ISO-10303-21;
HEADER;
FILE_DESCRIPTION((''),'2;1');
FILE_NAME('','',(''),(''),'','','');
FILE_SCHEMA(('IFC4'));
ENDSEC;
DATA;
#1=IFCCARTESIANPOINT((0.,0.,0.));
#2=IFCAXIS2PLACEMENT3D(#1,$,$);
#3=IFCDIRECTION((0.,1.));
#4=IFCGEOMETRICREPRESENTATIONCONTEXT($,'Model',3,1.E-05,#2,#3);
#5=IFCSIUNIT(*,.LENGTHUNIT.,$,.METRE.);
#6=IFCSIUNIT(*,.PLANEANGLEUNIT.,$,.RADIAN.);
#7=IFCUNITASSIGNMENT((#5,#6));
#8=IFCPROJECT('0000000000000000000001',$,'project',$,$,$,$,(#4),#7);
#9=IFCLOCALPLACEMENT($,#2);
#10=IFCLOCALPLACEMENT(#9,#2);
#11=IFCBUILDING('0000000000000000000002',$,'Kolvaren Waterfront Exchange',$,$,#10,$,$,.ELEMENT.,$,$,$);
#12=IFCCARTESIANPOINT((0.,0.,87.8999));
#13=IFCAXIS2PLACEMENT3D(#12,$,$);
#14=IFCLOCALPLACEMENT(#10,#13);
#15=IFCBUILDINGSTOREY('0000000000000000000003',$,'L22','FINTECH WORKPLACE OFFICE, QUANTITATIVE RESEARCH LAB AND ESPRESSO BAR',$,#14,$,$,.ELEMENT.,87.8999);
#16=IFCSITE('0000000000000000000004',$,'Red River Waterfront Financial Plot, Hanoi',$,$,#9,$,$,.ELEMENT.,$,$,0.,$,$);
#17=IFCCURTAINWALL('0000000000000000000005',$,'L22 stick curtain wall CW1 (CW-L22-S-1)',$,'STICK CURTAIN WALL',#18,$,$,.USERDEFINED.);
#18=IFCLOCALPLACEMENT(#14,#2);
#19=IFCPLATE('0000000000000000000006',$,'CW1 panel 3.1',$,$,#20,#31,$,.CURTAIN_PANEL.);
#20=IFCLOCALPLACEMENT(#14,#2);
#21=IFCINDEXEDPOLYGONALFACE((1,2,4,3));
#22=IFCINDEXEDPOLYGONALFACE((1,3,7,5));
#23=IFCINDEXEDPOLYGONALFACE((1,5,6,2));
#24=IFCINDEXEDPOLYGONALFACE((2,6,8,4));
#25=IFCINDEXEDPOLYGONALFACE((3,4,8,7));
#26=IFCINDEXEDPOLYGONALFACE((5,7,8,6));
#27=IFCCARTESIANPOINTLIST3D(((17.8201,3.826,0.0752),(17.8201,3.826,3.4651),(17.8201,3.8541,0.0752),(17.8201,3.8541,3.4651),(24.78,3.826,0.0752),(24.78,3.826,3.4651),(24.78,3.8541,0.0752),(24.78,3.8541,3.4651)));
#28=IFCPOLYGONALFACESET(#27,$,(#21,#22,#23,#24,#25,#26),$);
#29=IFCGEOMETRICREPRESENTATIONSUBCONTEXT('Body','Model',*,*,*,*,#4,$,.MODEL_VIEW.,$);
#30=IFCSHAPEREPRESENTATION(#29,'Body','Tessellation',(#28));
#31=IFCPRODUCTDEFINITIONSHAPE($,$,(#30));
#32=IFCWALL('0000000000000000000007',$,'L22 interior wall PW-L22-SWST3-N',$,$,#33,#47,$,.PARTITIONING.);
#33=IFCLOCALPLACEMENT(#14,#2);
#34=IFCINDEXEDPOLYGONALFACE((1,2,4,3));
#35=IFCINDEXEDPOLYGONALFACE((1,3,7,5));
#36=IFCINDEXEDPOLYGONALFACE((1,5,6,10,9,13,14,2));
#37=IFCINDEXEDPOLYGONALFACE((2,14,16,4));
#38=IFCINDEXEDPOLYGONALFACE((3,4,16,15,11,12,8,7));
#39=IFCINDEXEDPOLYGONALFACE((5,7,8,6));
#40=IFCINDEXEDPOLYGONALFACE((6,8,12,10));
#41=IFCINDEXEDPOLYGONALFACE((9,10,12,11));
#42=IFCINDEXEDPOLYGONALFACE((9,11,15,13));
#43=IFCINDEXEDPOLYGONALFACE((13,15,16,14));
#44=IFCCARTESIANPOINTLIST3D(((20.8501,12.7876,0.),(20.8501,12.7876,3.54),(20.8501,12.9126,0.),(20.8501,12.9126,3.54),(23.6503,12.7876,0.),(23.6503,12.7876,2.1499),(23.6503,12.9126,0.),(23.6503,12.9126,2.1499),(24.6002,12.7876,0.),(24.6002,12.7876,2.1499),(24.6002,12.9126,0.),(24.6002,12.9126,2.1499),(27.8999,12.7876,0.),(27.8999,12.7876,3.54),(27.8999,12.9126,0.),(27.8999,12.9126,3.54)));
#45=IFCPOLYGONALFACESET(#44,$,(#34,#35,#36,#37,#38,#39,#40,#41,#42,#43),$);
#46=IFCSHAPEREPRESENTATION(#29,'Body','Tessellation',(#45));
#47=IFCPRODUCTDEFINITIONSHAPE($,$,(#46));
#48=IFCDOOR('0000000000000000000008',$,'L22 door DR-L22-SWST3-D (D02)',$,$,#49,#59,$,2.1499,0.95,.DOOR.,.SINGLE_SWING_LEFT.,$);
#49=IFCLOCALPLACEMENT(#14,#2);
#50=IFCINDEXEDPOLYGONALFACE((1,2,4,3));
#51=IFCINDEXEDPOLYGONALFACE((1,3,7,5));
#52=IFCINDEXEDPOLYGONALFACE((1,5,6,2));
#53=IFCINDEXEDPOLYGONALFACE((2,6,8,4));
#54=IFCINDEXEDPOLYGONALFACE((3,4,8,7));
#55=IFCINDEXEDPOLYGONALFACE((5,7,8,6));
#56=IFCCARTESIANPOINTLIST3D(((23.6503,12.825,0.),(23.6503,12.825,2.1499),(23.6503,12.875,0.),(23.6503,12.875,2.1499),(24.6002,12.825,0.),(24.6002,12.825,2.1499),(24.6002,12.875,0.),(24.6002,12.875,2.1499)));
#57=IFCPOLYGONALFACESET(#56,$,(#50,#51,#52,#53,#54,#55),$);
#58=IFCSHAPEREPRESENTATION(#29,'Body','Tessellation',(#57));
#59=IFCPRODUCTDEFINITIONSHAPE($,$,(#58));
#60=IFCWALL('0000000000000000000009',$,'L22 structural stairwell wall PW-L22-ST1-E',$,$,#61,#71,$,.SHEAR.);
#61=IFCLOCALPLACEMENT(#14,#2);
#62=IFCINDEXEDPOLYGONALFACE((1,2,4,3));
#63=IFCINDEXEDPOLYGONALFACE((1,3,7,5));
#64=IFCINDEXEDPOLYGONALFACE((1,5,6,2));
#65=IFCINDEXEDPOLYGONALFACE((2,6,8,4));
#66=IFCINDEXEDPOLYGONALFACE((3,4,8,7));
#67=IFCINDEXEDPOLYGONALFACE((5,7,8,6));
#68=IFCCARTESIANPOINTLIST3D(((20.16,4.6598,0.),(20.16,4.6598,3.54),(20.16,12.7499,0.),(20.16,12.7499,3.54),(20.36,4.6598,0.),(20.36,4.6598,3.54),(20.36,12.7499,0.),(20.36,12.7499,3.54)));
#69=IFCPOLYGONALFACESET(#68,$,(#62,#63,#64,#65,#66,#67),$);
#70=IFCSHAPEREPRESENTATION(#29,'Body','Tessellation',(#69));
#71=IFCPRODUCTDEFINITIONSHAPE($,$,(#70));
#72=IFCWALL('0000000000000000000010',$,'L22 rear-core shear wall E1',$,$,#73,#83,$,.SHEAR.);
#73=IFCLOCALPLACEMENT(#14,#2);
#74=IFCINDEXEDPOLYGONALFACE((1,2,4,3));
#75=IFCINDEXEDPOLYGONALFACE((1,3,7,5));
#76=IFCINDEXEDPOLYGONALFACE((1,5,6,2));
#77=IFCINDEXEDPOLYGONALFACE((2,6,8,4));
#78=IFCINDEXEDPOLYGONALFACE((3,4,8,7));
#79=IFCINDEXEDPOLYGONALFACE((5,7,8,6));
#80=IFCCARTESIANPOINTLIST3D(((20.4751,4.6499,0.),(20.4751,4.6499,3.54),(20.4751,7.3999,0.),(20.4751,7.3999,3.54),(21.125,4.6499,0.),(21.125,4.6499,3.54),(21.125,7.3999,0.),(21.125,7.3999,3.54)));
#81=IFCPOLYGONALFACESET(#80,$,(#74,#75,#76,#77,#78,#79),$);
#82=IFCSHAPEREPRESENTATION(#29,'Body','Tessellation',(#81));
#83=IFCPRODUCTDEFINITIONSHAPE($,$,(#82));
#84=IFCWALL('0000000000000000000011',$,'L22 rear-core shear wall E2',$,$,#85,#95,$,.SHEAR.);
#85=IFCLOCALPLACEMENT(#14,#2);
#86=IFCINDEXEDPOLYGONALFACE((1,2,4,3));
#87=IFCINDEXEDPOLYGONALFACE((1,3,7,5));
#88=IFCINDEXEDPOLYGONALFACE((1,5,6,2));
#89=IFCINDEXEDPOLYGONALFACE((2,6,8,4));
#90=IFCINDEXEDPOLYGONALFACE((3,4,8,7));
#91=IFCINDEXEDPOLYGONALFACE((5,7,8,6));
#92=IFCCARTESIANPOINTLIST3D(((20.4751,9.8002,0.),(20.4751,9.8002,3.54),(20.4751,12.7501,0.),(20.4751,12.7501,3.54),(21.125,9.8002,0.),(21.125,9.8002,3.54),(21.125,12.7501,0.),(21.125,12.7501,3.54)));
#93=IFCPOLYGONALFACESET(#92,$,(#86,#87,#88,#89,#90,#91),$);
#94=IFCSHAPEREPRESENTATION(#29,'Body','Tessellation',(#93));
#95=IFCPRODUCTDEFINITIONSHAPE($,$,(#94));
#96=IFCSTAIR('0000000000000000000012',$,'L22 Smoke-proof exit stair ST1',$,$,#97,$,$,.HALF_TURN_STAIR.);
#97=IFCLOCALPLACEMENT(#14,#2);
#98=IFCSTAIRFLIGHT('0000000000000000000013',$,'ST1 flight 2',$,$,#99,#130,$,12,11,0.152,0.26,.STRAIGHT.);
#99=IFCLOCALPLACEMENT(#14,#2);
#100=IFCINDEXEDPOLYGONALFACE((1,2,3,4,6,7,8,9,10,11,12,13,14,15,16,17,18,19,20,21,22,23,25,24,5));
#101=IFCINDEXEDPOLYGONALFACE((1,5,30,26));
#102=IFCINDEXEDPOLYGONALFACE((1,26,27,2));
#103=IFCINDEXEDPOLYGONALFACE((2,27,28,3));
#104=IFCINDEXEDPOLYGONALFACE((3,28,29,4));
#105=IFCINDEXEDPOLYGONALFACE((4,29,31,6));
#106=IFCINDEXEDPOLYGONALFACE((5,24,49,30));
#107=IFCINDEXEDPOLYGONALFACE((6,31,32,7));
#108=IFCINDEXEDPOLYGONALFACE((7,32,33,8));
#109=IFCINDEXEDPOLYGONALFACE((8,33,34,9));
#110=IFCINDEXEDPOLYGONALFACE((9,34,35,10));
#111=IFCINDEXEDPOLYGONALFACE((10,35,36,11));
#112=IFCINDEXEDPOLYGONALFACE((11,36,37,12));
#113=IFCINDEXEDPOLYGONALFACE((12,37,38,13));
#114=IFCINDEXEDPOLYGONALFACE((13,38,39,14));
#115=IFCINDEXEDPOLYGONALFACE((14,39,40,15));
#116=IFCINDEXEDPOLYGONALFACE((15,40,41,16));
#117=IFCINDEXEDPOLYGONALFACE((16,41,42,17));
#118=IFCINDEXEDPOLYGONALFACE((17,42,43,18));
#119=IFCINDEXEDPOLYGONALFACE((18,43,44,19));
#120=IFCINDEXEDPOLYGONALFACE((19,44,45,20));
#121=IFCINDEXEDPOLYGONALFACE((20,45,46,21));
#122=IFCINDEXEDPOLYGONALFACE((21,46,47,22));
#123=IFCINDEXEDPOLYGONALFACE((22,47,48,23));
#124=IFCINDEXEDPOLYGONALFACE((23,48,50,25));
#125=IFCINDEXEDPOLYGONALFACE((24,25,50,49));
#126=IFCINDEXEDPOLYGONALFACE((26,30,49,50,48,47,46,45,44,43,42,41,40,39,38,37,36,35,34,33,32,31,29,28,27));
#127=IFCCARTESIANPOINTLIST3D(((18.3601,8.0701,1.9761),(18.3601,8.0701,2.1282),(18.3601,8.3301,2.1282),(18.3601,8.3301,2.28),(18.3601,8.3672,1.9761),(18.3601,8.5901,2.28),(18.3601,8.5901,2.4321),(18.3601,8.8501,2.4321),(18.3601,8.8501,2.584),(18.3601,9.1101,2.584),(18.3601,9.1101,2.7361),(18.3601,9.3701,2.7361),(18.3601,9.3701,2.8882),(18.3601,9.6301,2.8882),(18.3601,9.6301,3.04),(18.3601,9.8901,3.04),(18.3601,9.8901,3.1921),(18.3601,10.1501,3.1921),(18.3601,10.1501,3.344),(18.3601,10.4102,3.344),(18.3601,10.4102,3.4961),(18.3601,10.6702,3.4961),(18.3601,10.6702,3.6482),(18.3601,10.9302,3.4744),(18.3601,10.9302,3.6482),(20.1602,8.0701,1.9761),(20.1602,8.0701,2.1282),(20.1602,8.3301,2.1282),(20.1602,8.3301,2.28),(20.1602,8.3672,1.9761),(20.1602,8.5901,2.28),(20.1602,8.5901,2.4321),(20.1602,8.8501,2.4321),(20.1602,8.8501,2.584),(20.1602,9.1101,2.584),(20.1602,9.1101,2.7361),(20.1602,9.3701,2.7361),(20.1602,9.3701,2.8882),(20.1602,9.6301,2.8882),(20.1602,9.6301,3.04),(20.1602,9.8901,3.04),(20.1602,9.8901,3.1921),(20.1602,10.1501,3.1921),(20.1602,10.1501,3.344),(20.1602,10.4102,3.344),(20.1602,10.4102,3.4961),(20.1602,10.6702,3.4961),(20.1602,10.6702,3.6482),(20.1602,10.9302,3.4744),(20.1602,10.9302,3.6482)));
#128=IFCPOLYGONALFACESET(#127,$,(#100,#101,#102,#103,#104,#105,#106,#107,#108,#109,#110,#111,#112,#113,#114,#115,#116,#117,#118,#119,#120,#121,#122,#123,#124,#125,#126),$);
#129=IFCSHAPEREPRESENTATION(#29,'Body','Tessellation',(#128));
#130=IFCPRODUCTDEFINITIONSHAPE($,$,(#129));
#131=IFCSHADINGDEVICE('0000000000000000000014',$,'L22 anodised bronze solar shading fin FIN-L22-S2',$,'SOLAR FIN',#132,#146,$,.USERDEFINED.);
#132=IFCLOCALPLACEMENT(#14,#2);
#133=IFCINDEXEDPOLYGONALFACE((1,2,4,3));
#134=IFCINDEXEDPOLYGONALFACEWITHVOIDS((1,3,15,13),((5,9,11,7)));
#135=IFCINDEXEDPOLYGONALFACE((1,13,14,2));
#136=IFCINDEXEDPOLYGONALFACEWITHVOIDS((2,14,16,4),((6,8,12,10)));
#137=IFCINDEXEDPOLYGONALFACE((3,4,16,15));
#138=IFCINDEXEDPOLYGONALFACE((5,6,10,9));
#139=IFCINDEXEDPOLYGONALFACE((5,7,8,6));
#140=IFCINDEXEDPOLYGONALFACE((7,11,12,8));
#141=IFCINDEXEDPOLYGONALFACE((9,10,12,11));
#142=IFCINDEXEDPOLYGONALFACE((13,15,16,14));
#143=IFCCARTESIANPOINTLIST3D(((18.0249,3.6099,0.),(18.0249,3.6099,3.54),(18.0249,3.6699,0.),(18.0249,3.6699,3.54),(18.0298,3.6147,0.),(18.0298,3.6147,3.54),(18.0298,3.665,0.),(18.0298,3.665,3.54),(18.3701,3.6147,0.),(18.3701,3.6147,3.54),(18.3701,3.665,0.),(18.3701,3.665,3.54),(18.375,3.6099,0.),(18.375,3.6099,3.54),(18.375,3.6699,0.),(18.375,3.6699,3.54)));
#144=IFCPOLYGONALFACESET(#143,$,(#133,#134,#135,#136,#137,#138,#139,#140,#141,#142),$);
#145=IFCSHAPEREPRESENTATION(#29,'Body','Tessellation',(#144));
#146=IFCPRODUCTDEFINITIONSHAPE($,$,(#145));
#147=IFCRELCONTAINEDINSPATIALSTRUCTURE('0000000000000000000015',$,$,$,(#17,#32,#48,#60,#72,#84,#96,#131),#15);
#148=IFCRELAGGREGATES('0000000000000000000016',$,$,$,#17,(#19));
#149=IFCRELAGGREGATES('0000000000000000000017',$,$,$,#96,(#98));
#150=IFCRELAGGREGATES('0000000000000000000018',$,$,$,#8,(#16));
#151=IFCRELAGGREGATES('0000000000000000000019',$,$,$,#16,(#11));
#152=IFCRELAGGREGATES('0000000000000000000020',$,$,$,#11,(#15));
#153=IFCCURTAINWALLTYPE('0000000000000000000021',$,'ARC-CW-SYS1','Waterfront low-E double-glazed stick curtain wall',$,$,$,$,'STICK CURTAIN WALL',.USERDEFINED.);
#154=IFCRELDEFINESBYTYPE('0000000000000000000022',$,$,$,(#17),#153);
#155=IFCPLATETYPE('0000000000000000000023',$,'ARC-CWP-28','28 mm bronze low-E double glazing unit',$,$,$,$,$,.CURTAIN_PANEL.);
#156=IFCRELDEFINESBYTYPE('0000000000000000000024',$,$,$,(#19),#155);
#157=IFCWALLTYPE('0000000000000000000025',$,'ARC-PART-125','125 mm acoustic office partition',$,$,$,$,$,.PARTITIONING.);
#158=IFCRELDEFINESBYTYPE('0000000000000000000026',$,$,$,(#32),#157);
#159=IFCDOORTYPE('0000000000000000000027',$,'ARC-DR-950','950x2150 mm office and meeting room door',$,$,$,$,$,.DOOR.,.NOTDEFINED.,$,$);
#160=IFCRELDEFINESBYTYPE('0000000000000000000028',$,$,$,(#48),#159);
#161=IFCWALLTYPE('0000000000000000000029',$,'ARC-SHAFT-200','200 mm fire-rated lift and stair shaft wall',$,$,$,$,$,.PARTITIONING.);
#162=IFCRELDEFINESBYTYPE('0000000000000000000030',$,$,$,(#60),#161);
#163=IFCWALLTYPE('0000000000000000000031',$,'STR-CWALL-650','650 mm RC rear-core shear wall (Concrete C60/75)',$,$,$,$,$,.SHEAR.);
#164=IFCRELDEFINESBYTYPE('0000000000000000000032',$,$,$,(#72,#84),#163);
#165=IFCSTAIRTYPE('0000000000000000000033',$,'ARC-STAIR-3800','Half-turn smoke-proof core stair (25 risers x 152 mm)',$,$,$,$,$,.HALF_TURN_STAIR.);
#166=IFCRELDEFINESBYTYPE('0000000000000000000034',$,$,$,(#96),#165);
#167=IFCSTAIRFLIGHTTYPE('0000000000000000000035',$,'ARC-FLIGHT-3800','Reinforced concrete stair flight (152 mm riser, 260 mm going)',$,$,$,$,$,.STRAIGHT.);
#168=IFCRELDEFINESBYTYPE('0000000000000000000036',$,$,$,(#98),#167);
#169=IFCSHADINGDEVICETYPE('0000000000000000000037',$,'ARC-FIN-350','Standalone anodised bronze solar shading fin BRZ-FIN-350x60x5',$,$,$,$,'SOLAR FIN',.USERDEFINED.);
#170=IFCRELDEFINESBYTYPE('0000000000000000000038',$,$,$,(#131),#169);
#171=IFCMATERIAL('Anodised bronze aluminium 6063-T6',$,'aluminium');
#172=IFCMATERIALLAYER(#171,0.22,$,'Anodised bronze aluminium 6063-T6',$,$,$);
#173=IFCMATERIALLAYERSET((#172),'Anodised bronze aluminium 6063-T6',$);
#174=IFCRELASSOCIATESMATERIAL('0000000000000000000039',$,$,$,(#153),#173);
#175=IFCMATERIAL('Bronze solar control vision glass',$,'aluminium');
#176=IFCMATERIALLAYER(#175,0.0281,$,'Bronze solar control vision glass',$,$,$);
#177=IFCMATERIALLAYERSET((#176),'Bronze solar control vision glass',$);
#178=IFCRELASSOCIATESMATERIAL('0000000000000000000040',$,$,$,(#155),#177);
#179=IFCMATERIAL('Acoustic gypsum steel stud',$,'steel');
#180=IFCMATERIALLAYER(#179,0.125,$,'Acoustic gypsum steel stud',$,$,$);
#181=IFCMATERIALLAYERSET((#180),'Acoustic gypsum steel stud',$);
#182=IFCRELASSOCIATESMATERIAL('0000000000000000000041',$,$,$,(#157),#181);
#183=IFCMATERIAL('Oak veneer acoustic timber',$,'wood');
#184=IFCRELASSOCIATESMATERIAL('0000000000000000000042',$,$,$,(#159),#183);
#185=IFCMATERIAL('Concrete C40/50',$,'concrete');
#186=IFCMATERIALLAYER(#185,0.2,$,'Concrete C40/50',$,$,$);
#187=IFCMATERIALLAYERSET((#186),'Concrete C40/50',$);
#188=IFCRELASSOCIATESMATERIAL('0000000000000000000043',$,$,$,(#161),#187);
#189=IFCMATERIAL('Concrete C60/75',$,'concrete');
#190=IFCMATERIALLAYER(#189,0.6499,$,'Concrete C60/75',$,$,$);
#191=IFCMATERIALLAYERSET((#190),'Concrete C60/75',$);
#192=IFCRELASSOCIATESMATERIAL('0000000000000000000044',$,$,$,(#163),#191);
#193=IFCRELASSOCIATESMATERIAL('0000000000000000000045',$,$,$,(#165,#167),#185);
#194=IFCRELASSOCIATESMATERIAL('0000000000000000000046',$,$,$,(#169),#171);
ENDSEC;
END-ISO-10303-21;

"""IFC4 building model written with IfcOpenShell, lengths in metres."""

from ifc_helpers import new_model, si_unit, direction, frame, frame_2d, origin, origin_with_axes, origin_2d, place, context, subcontext, project, spatial, polyline, rectangle, hollow_rectangle, outline, extrude, source, transform, mapped, material, layer, layer_set, material_profile, profile_set, type_object, element, fill, aggregate, save


model = new_model("IFC4")

# Units and contexts
model_context = context("Model", 3, precision=1e-05, world=origin(), true_north=direction((0.0, 1.0)))
body_context = subcontext(model_context, "Body", "Model", "MODEL_VIEW")
ifc_project = project(units=[si_unit("LENGTHUNIT", "METRE"), si_unit("PLANEANGLEUNIT", "RADIAN")], contexts=[model_context])

# Site, building, storey
site_placement = place(None, origin())
site = spatial("IfcSite", under=ifc_project, at=site_placement, Name="Red River Waterfront Financial Plot, Hanoi", CompositionType="ELEMENT", RefElevation=0.0)
building_placement = place(site_placement, origin())
building = spatial("IfcBuilding", under=site, at=building_placement, Name="Kolvaren Waterfront Exchange", CompositionType="ELEMENT")
storey_placement = place(building_placement, frame((0.0, 0.0, 87.8999)))
storey = spatial("IfcBuildingStorey", under=building, at=storey_placement, Name="L22", Description="FINTECH WORKPLACE OFFICE, QUANTITATIVE RESEARCH LAB AND ESPRESSO BAR", CompositionType="ELEMENT", Elevation=87.8999)

# Shared definitions
ifc_material_1 = material(Name="Concrete C60/75", Category="concrete")

# Curtain wall, plate
ifc_material_2 = material(Name="Anodised bronze aluminium 6063-T6", Category="aluminium")
ifc_layer_1 = layer(ifc_material_2, 0.22, Name="Anodised bronze aluminium 6063-T6")
ifc_layer_set_1 = layer_set([ifc_layer_1], Name="Anodised bronze aluminium 6063-T6")
curtain_wall_type = type_object("IfcCurtainWallType", Name="ARC-CW-SYS1", Description="Waterfront low-E double-glazed stick curtain wall", ElementType="STICK CURTAIN WALL", PredefinedType="USERDEFINED", material=ifc_layer_set_1)
curtain_wall_placement = place(storey_placement, origin())
curtain_wall = element("IfcCurtainWall", 1, at=curtain_wall_placement, inside=storey, type_object=curtain_wall_type, Name="L22 stick curtain wall CW1 (CW-L22-S-1)", ObjectType="STICK CURTAIN WALL", PredefinedType="USERDEFINED")
ifc_material_3 = material(Name="Bronze solar control vision glass", Category="aluminium")
ifc_layer_2 = layer(ifc_material_3, 0.0281, Name="Bronze solar control vision glass")
ifc_layer_set_2 = layer_set([ifc_layer_2], Name="Bronze solar control vision glass")
plate_type = type_object("IfcPlateType", Name="ARC-CWP-28", Description="28 mm bronze low-E double glazing unit", PredefinedType="CURTAIN_PANEL", material=ifc_layer_set_2)
shared_shape_1 = source(origin_with_axes(), body_context, "Body", "SweptSolid", [
    extrude(rectangle(XDim=6.96, YDim=0.0281, at=origin_2d()), origin(), (0.0, 0.0, 1.0), 3.3899),
])
plate_placement = place(storey_placement, frame((21.3, 3.8401, 0.0752), z_axis=(0.0, 0.0, 1.0), x_axis=(1.0, 0.0, 0.0)))
plate = element("IfcPlate", 2, at=plate_placement, type_object=plate_type, Name="CW1 panel 3.1", PredefinedType="CURTAIN_PANEL", context=body_context, shape_type="MappedRepresentation", body=[
    mapped(shared_shape_1, transform((0.0, 0.0, 0.0), x_axis=(1.0, 0.0, 0.0), y_axis=(0.0, 1.0, 0.0), z_axis=(0.0, 0.0, 1.0), scale=1.0)),
])
aggregate(curtain_wall, [plate])

# Wall, opening, door
ifc_material_4 = material(Name="Acoustic gypsum steel stud", Category="steel")
ifc_layer_3 = layer(ifc_material_4, 0.125, Name="Acoustic gypsum steel stud")
ifc_layer_set_3 = layer_set([ifc_layer_3], Name="Acoustic gypsum steel stud")
wall_type_1 = type_object("IfcWallType", Name="ARC-PART-125", Description="125 mm acoustic office partition", PredefinedType="PARTITIONING", material=ifc_layer_set_3)
wall_1_placement = place(storey_placement, frame((20.8501, 12.8501, 0.0), z_axis=(0.0, 0.0, 1.0), x_axis=(1.0, 0.0, 0.0)))
wall_1 = element("IfcWall", 3, at=wall_1_placement, inside=storey, type_object=wall_type_1, Name="L22 interior wall PW-L22-SWST3-N", PredefinedType="PARTITIONING", context=body_context, shape_type="SweptSolid", body=[
    extrude(rectangle(XDim=7.0498, YDim=0.125, at=frame_2d((3.5249, 0.0))), origin(), (0.0, 0.0, 1.0), 3.54),
])
opening_placement = place(wall_1_placement, frame((2.8, 0.0, 0.0)))
opening = element("IfcOpeningElement", 4, at=opening_placement, cuts=wall_1, PredefinedType="OPENING", context=body_context, shape_type="SweptSolid", body=[
    extrude(rectangle(XDim=0.95, YDim=2.1499, at=frame_2d((0.4751, 1.075))), frame((0.0, 0.0725, 0.0), z_axis=(0.0, -1.0, 0.0), x_axis=(1.0, 0.0, 0.0)), (0.0, 0.0, 1.0), 0.145),
])
ifc_material_5 = material(Name="Oak veneer acoustic timber", Category="wood")
door_type = type_object("IfcDoorType", Name="ARC-DR-950", Description="950x2150 mm office and meeting room door", OperationType="NOTDEFINED", PredefinedType="DOOR", material=ifc_material_5)
door_placement = place(opening_placement, origin())
door = element("IfcDoor", 5, at=door_placement, inside=storey, type_object=door_type, Name="L22 door DR-L22-SWST3-D (D02)", OperationType="SINGLE_SWING_LEFT", OverallHeight=2.1499, OverallWidth=0.95, PredefinedType="DOOR", context=body_context, shape_type="SweptSolid", body=[
    extrude(rectangle(XDim=0.95, YDim=2.1499, at=frame_2d((0.4751, 1.075))), frame((0.0, 0.0249, 0.0), z_axis=(0.0, -1.0, 0.0), x_axis=(1.0, 0.0, 0.0)), (0.0, 0.0, 1.0), 0.05),
])
fill(opening, door)

# Walls
ifc_material_6 = material(Name="Concrete C40/50", Category="concrete")
ifc_layer_4 = layer(ifc_material_6, 0.2, Name="Concrete C40/50")
ifc_layer_set_4 = layer_set([ifc_layer_4], Name="Concrete C40/50")
wall_type_2 = type_object("IfcWallType", Name="ARC-SHAFT-200", Description="200 mm fire-rated lift and stair shaft wall", PredefinedType="PARTITIONING", material=ifc_layer_set_4)
wall_2_placement = place(storey_placement, frame((20.26, 4.6599, 0.0), z_axis=(0.0, 0.0, 1.0), x_axis=(0.0, 1.0, 0.0)))
element("IfcWall", 6, at=wall_2_placement, inside=storey, type_object=wall_type_2, Name="L22 structural stairwell wall PW-L22-ST1-E", PredefinedType="SHEAR", context=body_context, shape_type="SweptSolid", body=[
    extrude(rectangle(XDim=8.0901, YDim=0.2, at=frame_2d((4.0449, 0.0))), origin(), (0.0, 0.0, 1.0), 3.54),
])
ifc_layer_5 = layer(ifc_material_1, 0.6499, Name="Concrete C60/75")
ifc_layer_set_5 = layer_set([ifc_layer_5], Name="Concrete C60/75")
wall_type_3 = type_object("IfcWallType", Name="STR-CWALL-650", Description="650 mm RC rear-core shear wall (Concrete C60/75)", PredefinedType="SHEAR", material=ifc_layer_set_5)
wall_3_placement = place(storey_placement, frame((20.8, 4.6499, 0.0), z_axis=(0.0, 0.0, 1.0), x_axis=(0.0, 1.0, 0.0)))
element("IfcWall", 7, at=wall_3_placement, inside=storey, type_object=wall_type_3, Name="L22 rear-core shear wall E1", PredefinedType="SHEAR", context=body_context, shape_type="SweptSolid", body=[
    extrude(rectangle(XDim=2.75, YDim=0.6499, at=frame_2d((1.375, 0.0))), origin(), (0.0, 0.0, 1.0), 3.54),
])
wall_4_placement = place(storey_placement, frame((20.8, 9.8, 0.0), z_axis=(0.0, 0.0, 1.0), x_axis=(0.0, 1.0, 0.0)))
element("IfcWall", 8, at=wall_4_placement, inside=storey, type_object=wall_type_3, Name="L22 rear-core shear wall E2", PredefinedType="SHEAR", context=body_context, shape_type="SweptSolid", body=[
    extrude(rectangle(XDim=2.95, YDim=0.6499, at=frame_2d((1.4751, 0.0))), origin(), (0.0, 0.0, 1.0), 3.54),
])

# Stair, stair flight
stair_type = type_object("IfcStairType", Name="ARC-STAIR-3800", Description="Half-turn smoke-proof core stair (25 risers x 152 mm)", PredefinedType="HALF_TURN_STAIR", material=ifc_material_6)
stair_placement = place(storey_placement, origin())
stair = element("IfcStair", 9, at=stair_placement, inside=storey, type_object=stair_type, Name="L22 Smoke-proof exit stair ST1", PredefinedType="HALF_TURN_STAIR")
stair_flight_type = type_object("IfcStairFlightType", Name="ARC-FLIGHT-3800", Description="Reinforced concrete stair flight (152 mm riser, 260 mm going)", PredefinedType="STRAIGHT", material=ifc_material_6)
stair_flight_placement = place(storey_placement, frame((19.26, 8.0701, 1.9761), z_axis=(0.0, 0.0, 1.0), x_axis=(0.0, 1.0, 0.0)))
stair_flight = element("IfcStairFlight", 10, at=stair_flight_placement, type_object=stair_flight_type, Name="ST1 flight 2", NumberOfRisers=12, NumberOfTreads=11, PredefinedType="STRAIGHT", RiserHeight=0.152, TreadLength=0.26, context=body_context, shape_type="SweptSolid", body=[
    extrude(outline(polyline([(0.0, 0.0), (0.0, 0.1521), (0.26, 0.1521), (0.26, 0.304), (0.52, 0.304), (0.52, 0.4561), (0.78, 0.4561), (0.78, 0.6079), (1.04, 0.6079), (1.04, 0.76), (1.3, 0.76), (1.3, 0.9121), (1.5601, 0.9121), (1.5601, 1.064), (1.8201, 1.064), (1.8201, 1.2161), (2.0801, 1.2161), (2.0801, 1.3679), (2.3401, 1.3679), (2.3401, 1.52), (2.6001, 1.52), (2.6001, 1.6721), (2.8601, 1.6721), (2.8601, 1.824), (2.8601, 1.4983), (0.2971, 0.0), (0.0, 0.0)])), frame((0.0, 0.8999, 0.0), z_axis=(0.0, -1.0, 0.0), x_axis=(1.0, 0.0, 0.0)), (0.0, 0.0, 1.0), 1.8),
])
aggregate(stair, [stair_flight])

# Shading device
ifc_material_profile_1 = material_profile(ifc_material_2, hollow_rectangle(XDim=0.0601, YDim=0.3501, WallThickness=0.0049, at=origin_2d()), Name="BRZ-FIN-350x60x5")
ifc_profile_set_1 = profile_set([ifc_material_profile_1], Name="Anodised bronze aluminium 6063-T6")
shading_device_type = type_object("IfcShadingDeviceType", Name="ARC-FIN-350", Description="Standalone anodised bronze solar shading fin BRZ-FIN-350x60x5", ElementType="SOLAR FIN", PredefinedType="USERDEFINED", material=ifc_profile_set_1)
shading_device_placement = place(storey_placement, frame((18.2, 3.6399, 0.0), z_axis=(0.0, 0.0, 1.0), x_axis=(0.0, -1.0, 0.0)))
element("IfcShadingDevice", 11, at=shading_device_placement, inside=storey, type_object=shading_device_type, Name="L22 anodised bronze solar shading fin FIN-L22-S2", ObjectType="SOLAR FIN", PredefinedType="USERDEFINED", context=body_context, shape_type="SweptSolid", body=[
    extrude(hollow_rectangle(XDim=0.0601, YDim=0.3501, WallThickness=0.0049, at=origin_2d()), origin(), (0.0, 0.0, 1.0), 3.54),
])

save(model, "model.ifc")
